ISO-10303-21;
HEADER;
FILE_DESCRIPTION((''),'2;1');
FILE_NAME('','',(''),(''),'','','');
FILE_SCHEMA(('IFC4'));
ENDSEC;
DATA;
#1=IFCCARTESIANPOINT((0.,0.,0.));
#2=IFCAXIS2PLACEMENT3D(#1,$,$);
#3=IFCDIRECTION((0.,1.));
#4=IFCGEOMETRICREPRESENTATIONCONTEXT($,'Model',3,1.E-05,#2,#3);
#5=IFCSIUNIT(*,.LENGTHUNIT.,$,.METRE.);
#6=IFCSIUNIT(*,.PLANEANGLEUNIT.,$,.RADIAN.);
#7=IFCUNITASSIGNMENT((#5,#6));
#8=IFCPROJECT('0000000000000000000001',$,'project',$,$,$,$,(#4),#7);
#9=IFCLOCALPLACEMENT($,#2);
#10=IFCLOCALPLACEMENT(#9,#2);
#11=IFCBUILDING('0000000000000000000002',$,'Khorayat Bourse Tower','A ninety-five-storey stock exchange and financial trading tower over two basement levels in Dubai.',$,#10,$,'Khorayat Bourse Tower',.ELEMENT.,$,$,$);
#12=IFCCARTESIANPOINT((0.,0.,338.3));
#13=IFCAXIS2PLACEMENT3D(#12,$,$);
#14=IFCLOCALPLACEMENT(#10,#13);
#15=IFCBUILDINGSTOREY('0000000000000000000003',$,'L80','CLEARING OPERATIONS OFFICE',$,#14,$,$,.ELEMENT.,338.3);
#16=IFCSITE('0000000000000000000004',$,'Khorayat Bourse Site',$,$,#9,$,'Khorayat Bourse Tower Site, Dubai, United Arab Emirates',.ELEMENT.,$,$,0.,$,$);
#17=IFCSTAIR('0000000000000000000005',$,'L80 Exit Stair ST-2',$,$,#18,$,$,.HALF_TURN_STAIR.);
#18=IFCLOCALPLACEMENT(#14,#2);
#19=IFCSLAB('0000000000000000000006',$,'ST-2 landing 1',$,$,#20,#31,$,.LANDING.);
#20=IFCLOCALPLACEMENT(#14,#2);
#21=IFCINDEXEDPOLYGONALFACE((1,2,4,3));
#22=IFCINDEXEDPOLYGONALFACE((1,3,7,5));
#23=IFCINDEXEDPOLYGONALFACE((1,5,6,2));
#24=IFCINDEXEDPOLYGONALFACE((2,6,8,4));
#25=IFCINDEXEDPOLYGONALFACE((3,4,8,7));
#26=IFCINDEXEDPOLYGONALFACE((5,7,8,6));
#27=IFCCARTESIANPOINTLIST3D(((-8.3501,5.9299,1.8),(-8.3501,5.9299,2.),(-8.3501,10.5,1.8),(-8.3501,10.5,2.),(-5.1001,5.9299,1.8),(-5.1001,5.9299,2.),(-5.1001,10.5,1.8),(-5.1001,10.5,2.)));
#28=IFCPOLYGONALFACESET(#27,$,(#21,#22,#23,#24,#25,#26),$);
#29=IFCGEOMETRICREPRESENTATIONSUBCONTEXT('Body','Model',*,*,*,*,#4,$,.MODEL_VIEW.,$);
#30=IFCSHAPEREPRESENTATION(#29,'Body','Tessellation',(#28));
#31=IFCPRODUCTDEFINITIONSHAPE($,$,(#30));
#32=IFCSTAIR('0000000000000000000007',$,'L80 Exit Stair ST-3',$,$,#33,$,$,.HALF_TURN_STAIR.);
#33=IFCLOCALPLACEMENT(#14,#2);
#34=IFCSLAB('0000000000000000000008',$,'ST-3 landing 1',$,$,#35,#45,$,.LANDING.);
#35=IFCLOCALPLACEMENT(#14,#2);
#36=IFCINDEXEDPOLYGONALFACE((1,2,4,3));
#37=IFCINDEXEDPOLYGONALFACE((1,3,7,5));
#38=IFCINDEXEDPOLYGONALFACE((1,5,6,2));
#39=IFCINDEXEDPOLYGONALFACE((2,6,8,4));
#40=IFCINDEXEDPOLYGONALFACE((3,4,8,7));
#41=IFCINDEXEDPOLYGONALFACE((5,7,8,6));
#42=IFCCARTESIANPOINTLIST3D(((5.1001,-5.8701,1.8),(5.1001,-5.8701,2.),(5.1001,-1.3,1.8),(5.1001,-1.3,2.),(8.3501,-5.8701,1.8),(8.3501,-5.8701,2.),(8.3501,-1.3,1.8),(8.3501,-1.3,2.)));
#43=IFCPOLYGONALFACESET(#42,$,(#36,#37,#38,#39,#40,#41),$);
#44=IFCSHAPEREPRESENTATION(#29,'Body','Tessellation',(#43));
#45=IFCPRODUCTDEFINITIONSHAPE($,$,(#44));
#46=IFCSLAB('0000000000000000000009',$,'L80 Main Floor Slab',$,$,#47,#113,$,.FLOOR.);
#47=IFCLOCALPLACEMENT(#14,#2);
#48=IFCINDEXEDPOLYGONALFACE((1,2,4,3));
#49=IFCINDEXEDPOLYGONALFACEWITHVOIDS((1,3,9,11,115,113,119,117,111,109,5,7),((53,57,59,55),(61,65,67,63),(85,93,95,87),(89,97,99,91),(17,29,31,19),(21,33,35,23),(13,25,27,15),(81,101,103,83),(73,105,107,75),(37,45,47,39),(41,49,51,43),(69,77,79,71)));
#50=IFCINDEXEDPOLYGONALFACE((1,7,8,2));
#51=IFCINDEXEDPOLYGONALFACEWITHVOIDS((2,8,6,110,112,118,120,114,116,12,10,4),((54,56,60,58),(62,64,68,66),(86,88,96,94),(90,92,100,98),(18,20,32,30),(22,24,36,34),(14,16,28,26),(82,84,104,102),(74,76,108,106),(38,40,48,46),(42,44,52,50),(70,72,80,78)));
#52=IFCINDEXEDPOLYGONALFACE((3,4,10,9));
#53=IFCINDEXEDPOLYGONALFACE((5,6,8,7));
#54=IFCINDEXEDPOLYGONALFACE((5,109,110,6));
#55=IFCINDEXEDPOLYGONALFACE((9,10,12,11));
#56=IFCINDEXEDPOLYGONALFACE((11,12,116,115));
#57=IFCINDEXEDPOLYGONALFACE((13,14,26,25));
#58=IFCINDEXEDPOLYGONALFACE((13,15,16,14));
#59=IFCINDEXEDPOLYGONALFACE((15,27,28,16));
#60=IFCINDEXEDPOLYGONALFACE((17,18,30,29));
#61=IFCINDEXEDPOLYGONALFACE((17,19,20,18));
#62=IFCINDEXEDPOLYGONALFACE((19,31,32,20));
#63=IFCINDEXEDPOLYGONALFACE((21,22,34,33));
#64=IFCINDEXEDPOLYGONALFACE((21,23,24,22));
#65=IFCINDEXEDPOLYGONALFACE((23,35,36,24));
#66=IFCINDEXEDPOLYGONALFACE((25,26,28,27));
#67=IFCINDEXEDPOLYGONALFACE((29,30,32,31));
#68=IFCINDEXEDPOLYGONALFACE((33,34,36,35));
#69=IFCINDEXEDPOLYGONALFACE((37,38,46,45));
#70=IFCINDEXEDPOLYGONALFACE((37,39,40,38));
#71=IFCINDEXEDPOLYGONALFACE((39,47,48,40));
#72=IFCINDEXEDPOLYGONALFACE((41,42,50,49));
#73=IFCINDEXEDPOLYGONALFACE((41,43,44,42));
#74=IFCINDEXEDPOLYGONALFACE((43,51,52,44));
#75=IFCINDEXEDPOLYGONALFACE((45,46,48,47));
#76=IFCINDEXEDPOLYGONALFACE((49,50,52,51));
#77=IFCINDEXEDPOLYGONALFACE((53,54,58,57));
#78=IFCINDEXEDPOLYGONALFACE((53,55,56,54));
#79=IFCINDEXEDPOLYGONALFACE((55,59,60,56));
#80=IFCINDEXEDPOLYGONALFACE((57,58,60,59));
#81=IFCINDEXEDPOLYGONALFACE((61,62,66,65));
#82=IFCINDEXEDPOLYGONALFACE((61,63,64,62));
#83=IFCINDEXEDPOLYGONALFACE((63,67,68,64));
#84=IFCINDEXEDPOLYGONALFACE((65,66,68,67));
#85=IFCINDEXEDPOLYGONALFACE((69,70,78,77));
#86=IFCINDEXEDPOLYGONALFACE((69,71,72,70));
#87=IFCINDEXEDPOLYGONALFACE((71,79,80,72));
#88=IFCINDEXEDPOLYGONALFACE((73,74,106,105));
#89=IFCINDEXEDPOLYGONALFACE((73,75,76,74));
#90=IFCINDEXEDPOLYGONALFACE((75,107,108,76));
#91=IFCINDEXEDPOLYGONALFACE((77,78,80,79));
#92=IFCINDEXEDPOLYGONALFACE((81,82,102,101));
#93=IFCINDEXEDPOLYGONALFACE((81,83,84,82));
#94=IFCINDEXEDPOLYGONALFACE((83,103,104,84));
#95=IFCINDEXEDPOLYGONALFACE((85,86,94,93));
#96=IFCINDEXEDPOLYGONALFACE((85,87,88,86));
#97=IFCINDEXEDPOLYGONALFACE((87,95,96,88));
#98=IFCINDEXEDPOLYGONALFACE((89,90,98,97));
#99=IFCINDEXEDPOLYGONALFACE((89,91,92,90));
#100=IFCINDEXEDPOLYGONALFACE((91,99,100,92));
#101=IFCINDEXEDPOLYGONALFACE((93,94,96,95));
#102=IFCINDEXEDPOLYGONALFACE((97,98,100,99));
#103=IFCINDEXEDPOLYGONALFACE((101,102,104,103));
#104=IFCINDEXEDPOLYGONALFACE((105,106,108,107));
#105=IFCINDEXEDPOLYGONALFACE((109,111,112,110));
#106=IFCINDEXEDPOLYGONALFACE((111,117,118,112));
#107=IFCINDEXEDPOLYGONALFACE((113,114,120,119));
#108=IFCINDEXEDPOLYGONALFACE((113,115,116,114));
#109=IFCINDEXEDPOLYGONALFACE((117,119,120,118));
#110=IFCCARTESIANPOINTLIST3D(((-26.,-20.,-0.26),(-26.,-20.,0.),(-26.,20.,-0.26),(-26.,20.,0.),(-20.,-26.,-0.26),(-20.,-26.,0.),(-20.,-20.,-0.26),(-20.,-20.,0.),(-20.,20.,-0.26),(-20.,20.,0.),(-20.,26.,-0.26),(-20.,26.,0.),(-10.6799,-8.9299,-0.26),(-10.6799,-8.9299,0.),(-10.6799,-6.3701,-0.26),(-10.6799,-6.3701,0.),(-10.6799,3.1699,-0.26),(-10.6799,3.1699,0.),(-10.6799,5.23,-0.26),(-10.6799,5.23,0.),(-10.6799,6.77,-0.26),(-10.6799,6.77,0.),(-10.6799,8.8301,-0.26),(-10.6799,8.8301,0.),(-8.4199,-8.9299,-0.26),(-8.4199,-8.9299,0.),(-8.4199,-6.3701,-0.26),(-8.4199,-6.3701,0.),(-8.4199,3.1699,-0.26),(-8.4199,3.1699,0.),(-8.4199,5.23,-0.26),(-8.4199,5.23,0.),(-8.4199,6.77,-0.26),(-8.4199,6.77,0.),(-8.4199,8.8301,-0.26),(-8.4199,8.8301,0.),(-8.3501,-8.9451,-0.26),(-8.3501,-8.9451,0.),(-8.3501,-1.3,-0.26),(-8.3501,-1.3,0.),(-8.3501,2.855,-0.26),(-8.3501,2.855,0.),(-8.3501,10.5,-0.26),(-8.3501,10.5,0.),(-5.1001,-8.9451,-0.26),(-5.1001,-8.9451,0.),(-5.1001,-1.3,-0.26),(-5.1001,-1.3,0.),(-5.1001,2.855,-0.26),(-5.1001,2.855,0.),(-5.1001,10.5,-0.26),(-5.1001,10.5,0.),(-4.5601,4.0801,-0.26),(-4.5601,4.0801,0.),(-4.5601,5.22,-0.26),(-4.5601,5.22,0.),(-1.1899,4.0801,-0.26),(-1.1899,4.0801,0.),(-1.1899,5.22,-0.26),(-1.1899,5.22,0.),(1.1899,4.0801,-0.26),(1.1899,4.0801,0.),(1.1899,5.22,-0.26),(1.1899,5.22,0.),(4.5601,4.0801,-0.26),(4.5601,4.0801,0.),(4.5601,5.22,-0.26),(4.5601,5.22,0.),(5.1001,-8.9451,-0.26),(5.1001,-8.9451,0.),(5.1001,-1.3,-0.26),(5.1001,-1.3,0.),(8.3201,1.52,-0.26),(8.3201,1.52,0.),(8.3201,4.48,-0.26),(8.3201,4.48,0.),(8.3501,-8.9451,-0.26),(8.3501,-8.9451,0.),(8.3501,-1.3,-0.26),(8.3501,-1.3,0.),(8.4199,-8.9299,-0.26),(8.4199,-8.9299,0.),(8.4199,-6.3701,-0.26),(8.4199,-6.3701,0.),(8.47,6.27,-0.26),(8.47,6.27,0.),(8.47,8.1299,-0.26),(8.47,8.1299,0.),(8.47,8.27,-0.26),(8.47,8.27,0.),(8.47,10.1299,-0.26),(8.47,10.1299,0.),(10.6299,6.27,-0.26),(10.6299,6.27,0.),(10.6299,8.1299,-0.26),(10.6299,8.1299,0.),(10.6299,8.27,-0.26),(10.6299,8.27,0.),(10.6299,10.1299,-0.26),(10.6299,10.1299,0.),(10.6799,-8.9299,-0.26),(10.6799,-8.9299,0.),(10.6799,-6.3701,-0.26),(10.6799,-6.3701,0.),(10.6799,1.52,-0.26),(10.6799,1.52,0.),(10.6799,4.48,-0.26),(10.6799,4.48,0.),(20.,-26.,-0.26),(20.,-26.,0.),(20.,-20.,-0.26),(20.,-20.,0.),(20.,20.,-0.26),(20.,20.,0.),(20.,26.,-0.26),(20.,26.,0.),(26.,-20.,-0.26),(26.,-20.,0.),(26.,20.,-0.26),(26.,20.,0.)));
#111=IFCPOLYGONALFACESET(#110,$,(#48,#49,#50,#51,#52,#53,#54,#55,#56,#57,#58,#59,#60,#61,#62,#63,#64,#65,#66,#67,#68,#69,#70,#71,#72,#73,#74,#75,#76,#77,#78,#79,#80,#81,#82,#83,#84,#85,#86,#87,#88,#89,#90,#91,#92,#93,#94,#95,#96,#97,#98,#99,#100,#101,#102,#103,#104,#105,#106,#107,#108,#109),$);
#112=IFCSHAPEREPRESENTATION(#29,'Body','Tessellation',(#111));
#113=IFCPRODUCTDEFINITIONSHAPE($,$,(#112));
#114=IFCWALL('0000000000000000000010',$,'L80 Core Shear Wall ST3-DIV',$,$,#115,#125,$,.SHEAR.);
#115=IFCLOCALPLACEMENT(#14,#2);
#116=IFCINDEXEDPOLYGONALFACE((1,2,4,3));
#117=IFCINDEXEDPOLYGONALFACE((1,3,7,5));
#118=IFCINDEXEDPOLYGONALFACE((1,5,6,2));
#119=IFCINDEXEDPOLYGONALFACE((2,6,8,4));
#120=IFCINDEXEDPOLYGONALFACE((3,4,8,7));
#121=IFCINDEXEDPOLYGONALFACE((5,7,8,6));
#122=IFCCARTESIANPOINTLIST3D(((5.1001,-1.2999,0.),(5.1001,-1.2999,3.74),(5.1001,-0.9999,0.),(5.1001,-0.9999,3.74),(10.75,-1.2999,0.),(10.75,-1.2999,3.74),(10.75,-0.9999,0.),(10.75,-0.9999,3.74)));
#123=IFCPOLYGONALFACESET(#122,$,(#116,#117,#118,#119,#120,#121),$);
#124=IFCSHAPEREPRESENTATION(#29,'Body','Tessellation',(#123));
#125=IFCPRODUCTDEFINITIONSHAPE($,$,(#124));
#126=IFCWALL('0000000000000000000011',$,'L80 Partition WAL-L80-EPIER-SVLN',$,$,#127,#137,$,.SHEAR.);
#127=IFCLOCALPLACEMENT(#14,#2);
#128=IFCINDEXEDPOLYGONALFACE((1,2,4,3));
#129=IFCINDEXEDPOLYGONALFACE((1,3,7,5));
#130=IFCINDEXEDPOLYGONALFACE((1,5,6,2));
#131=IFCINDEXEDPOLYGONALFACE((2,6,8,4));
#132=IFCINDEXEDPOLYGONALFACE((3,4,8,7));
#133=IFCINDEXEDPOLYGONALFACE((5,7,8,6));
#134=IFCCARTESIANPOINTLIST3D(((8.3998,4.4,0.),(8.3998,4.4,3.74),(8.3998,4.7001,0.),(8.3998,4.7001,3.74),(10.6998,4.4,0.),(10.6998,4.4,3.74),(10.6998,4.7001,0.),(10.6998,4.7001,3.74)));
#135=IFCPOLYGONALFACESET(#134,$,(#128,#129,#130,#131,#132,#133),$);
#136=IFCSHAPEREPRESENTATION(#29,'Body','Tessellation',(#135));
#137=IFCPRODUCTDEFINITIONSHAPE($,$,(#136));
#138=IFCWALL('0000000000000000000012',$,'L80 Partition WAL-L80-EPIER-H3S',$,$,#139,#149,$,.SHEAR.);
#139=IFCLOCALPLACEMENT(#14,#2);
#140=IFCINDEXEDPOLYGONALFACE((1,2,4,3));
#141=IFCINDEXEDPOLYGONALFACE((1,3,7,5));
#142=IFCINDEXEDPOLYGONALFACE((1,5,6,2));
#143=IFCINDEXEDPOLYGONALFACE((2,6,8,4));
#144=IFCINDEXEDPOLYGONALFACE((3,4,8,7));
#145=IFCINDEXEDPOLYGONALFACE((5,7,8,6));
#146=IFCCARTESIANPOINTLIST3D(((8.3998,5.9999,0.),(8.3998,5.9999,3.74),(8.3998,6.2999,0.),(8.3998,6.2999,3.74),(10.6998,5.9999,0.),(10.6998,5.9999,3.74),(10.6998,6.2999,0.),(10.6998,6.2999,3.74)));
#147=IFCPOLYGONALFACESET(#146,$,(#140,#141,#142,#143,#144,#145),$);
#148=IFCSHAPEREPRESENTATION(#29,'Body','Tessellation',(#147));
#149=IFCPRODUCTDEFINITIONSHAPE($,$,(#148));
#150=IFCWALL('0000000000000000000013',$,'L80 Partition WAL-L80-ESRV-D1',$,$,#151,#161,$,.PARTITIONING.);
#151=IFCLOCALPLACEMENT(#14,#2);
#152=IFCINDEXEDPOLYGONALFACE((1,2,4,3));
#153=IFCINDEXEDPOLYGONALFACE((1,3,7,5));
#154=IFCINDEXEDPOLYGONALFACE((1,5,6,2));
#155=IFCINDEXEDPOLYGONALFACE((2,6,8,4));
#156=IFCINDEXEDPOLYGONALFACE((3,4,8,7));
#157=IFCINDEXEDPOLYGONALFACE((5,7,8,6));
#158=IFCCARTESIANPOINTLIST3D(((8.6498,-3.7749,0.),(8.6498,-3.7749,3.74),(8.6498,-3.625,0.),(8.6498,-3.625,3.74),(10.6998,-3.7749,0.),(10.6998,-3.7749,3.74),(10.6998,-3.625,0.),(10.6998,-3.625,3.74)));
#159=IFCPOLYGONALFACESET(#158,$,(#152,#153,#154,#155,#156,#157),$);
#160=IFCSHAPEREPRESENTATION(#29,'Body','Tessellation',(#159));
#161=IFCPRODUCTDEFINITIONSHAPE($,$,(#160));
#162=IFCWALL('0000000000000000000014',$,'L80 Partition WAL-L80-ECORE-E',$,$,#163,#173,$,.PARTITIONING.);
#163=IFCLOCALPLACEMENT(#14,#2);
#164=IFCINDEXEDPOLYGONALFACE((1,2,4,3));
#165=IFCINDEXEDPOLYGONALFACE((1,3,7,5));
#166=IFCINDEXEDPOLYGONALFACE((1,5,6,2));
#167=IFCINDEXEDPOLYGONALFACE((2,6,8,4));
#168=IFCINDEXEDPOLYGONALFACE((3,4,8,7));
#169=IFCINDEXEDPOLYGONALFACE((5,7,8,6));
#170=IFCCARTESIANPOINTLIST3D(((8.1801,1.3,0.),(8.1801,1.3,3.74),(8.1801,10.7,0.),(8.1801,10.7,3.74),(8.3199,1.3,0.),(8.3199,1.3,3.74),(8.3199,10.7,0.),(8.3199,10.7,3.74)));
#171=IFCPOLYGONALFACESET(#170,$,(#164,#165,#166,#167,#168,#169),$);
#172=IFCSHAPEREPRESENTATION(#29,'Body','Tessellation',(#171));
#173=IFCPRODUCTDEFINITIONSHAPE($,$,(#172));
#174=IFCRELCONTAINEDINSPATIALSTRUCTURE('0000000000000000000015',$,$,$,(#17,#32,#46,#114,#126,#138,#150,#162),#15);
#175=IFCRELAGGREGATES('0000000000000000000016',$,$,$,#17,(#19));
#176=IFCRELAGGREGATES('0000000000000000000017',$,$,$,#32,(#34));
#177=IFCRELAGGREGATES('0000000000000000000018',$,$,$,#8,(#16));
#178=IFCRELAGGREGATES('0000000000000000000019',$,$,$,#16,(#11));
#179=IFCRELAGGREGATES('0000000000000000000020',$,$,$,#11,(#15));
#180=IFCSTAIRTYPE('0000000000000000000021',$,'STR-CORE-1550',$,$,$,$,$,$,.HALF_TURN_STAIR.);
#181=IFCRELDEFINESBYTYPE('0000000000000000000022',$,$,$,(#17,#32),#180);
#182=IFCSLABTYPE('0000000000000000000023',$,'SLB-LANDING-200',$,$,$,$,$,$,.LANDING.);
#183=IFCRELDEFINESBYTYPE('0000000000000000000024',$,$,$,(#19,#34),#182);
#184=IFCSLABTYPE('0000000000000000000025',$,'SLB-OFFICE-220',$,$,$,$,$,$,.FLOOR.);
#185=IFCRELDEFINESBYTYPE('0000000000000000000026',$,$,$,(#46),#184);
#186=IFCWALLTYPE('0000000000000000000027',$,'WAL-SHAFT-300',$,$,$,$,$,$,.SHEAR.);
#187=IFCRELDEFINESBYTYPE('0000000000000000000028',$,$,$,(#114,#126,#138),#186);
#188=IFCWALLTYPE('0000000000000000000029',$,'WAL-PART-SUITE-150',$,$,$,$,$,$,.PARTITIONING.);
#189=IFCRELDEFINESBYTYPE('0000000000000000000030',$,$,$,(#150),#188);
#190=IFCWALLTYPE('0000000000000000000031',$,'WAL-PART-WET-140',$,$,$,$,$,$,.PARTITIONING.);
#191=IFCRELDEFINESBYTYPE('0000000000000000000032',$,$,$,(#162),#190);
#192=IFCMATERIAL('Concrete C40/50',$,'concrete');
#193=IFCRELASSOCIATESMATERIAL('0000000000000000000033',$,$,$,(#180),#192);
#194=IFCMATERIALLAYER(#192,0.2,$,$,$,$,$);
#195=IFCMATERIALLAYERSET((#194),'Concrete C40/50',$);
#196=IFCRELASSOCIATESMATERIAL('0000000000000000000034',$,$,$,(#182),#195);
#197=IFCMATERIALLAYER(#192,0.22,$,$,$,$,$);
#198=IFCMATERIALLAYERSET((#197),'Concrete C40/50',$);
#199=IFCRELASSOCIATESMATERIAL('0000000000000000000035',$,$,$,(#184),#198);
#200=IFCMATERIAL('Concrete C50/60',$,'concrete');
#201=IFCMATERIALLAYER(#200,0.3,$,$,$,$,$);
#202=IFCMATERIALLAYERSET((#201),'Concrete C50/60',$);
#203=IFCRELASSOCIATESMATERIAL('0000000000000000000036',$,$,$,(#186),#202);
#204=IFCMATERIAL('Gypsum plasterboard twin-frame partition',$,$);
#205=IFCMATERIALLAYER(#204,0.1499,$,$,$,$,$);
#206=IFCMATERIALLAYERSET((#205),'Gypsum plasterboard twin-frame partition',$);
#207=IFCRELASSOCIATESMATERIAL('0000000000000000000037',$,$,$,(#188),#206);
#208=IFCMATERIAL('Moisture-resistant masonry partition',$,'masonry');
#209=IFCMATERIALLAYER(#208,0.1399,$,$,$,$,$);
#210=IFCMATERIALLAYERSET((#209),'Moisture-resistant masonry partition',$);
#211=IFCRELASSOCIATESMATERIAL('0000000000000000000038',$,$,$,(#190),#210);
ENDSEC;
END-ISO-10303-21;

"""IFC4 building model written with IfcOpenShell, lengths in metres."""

from ifc_helpers import new_model, si_unit, direction, frame, frame_2d, origin, place, context, subcontext, project, spatial, polyline, rectangle, outline, extrude, source, transform, mapped, material, layer, layer_set, type_object, element, aggregate, save


model = new_model("IFC4")

# Units and contexts
model_context = context("Model", 3, precision=1e-05, world=origin(), true_north=direction((0.0, 1.0)))
body_context = subcontext(model_context, "Body", "Model", "MODEL_VIEW")
ifc_project = project(units=[si_unit("LENGTHUNIT", "METRE"), si_unit("PLANEANGLEUNIT", "RADIAN")], contexts=[model_context])

# Site, building, storey
site_placement = place(None, origin())
site = spatial("IfcSite", under=ifc_project, at=site_placement, Name="Khorayat Bourse Site", LongName="Khorayat Bourse Tower Site, Dubai, United Arab Emirates", CompositionType="ELEMENT", RefElevation=0.0)
building_placement = place(site_placement, origin())
building = spatial("IfcBuilding", under=site, at=building_placement, Name="Khorayat Bourse Tower", Description="A ninety-five-storey stock exchange and financial trading tower over two basement levels in Dubai.", LongName="Khorayat Bourse Tower", CompositionType="ELEMENT")
storey_placement = place(building_placement, frame((0.0, 0.0, 338.3)))
storey = spatial("IfcBuildingStorey", under=building, at=storey_placement, Name="L80", Description="CLEARING OPERATIONS OFFICE", CompositionType="ELEMENT", Elevation=338.3)

# Stairs, slabs
ifc_material_1 = material(Name="Concrete C40/50", Category="concrete")
stair_type = type_object("IfcStairType", Name="STR-CORE-1550", PredefinedType="HALF_TURN_STAIR", material=ifc_material_1)
ifc_layer_1 = layer(ifc_material_1, 0.2)
ifc_layer_set_1 = layer_set([ifc_layer_1], Name="Concrete C40/50")
slab_type_1 = type_object("IfcSlabType", Name="SLB-LANDING-200", PredefinedType="LANDING", material=ifc_layer_set_1)
stair_1_placement = place(storey_placement, origin())
stair_1 = element("IfcStair", 1, at=stair_1_placement, inside=storey, type_object=stair_type, Name="L80 Exit Stair ST-2", PredefinedType="HALF_TURN_STAIR")
slab_1_placement = place(storey_placement, frame((0.0, 0.0, 1.8)))
slab_1 = element("IfcSlab", 2, at=slab_1_placement, type_object=slab_type_1, Name="ST-2 landing 1", PredefinedType="LANDING", context=body_context, shape_type="SweptSolid", body=[
    extrude(outline(polyline([(-5.1001, 5.9299), (-5.1001, 10.5), (-8.3501, 10.5), (-8.3501, 5.9299), (-5.1001, 5.9299)])), origin(), (0.0, 0.0, 1.0), 0.2),
])
aggregate(stair_1, [slab_1])
stair_2_placement = place(storey_placement, origin())
stair_2 = element("IfcStair", 3, at=stair_2_placement, inside=storey, type_object=stair_type, Name="L80 Exit Stair ST-3", PredefinedType="HALF_TURN_STAIR")
slab_2_placement = place(storey_placement, frame((0.0, 0.0, 1.8)))
slab_2 = element("IfcSlab", 4, at=slab_2_placement, type_object=slab_type_1, Name="ST-3 landing 1", PredefinedType="LANDING", context=body_context, shape_type="SweptSolid", body=[
    extrude(outline(polyline([(8.3501, -5.8701), (8.3501, -1.3), (5.1001, -1.3), (5.1001, -5.8701), (8.3501, -5.8701)])), origin(), (0.0, 0.0, 1.0), 0.2),
])
aggregate(stair_2, [slab_2])

# Slab
ifc_layer_2 = layer(ifc_material_1, 0.22)
ifc_layer_set_2 = layer_set([ifc_layer_2], Name="Concrete C40/50")
slab_type_2 = type_object("IfcSlabType", Name="SLB-OFFICE-220", PredefinedType="FLOOR", material=ifc_layer_set_2)
slab_3_placement = place(storey_placement, frame((0.0, 0.0, -0.26)))
element("IfcSlab", 5, at=slab_3_placement, inside=storey, type_object=slab_type_2, Name="L80 Main Floor Slab", PredefinedType="FLOOR", context=body_context, shape_type="SweptSolid", body=[
    extrude(outline(polyline([(-20.0, -26.0), (20.0, -26.0), (20.0, -20.0), (26.0, -20.0), (26.0, 20.0), (20.0, 20.0), (20.0, 26.0), (-20.0, 26.0), (-20.0, 20.0), (-26.0, 20.0), (-26.0, -20.0), (-20.0, -20.0), (-20.0, -26.0)]), holes=[polyline([(-8.3501, -8.9451), (-5.1001, -8.9451), (-5.1001, -1.3), (-8.3501, -1.3), (-8.3501, -8.9451)]), polyline([(-8.3501, 2.855), (-5.1001, 2.855), (-5.1001, 10.5), (-8.3501, 10.5), (-8.3501, 2.855)]), polyline([(5.1001, -8.9451), (8.3501, -8.9451), (8.3501, -1.3), (5.1001, -1.3), (5.1001, -8.9451)]), polyline([(-10.6799, 3.1699), (-8.4199, 3.1699), (-8.4199, 5.23), (-10.6799, 5.23), (-10.6799, 3.1699)]), polyline([(-10.6799, 6.77), (-8.4199, 6.77), (-8.4199, 8.8301), (-10.6799, 8.8301), (-10.6799, 6.77)]), polyline([(8.47, 6.27), (10.6299, 6.27), (10.6299, 8.1299), (8.47, 8.1299), (8.47, 6.27)]), polyline([(8.47, 8.27), (10.6299, 8.27), (10.6299, 10.1299), (8.47, 10.1299), (8.47, 8.27)]), polyline([(-10.6799, -8.9299), (-8.4199, -8.9299), (-8.4199, -6.3701), (-10.6799, -6.3701), (-10.6799, -8.9299)]), polyline([(8.4199, -8.9299), (10.6799, -8.9299), (10.6799, -6.3701), (8.4199, -6.3701), (8.4199, -8.9299)]), polyline([(8.3201, 1.52), (10.6799, 1.52), (10.6799, 4.48), (8.3201, 4.48), (8.3201, 1.52)]), polyline([(-4.5601, 4.0801), (-1.1899, 4.0801), (-1.1899, 5.22), (-4.5601, 5.22), (-4.5601, 4.0801)]), polyline([(1.1899, 4.0801), (4.5601, 4.0801), (4.5601, 5.22), (1.1899, 5.22), (1.1899, 4.0801)])]), origin(), (0.0, 0.0, 1.0), 0.26),
])

# Walls
ifc_material_2 = material(Name="Concrete C50/60", Category="concrete")
ifc_layer_3 = layer(ifc_material_2, 0.3)
ifc_layer_set_3 = layer_set([ifc_layer_3], Name="Concrete C50/60")
wall_type_1 = type_object("IfcWallType", Name="WAL-SHAFT-300", PredefinedType="SHEAR", material=ifc_layer_set_3)
shared_shape_1 = source(origin(), body_context, "Body", "SweptSolid", [
    extrude(rectangle(XDim=5.6499, YDim=0.3, at=frame_2d((2.825, 0.0))), origin(), (0.0, 0.0, 1.0), 3.74),
])
wall_1_placement = place(storey_placement, frame((5.1001, -1.1499, 0.0), z_axis=(0.0, 0.0, 1.0), x_axis=(1.0, 0.0, 0.0)))
element("IfcWall", 6, at=wall_1_placement, inside=storey, type_object=wall_type_1, Name="L80 Core Shear Wall ST3-DIV", PredefinedType="SHEAR", context=body_context, shape_type="MappedRepresentation", body=[
    mapped(shared_shape_1, transform((0.0, 0.0, 0.0), scale=1.0)),
])
shared_shape_2 = source(origin(), body_context, "Body", "SweptSolid", [
    extrude(rectangle(XDim=2.3, YDim=0.3, at=frame_2d((1.1499, 0.0))), origin(), (0.0, 0.0, 1.0), 3.74),
])
for number, where, z_axis, x_axis, name in (
    (7, (8.3999, 4.55, 0.0), (0.0, 0.0, 1.0), (1.0, 0.0, 0.0), "L80 Partition WAL-L80-EPIER-SVLN"),
    (8, (8.3999, 6.1499, 0.0), (0.0, 0.0, 1.0), (1.0, 0.0, 0.0), "L80 Partition WAL-L80-EPIER-H3S"),
):
    element("IfcWall", number, at=place(storey_placement, frame(where, z_axis=z_axis, x_axis=x_axis)), inside=storey, type_object=wall_type_1, Name=name, PredefinedType="SHEAR", context=body_context, shape_type="MappedRepresentation", body=[
        mapped(shared_shape_2, transform((0.0, 0.0, 0.0), scale=1.0)),
    ])
ifc_material_3 = material(Name="Gypsum plasterboard twin-frame partition")
ifc_layer_4 = layer(ifc_material_3, 0.1499)
ifc_layer_set_4 = layer_set([ifc_layer_4], Name="Gypsum plasterboard twin-frame partition")
wall_type_2 = type_object("IfcWallType", Name="WAL-PART-SUITE-150", PredefinedType="PARTITIONING", material=ifc_layer_set_4)
shared_shape_3 = source(origin(), body_context, "Body", "SweptSolid", [
    extrude(rectangle(XDim=2.05, YDim=0.1499, at=frame_2d((1.0249, 0.0))), origin(), (0.0, 0.0, 1.0), 3.74),
])
wall_2_placement = place(storey_placement, frame((8.6499, -3.7, 0.0), z_axis=(0.0, 0.0, 1.0), x_axis=(1.0, 0.0, 0.0)))
element("IfcWall", 9, at=wall_2_placement, inside=storey, type_object=wall_type_2, Name="L80 Partition WAL-L80-ESRV-D1", PredefinedType="PARTITIONING", context=body_context, shape_type="MappedRepresentation", body=[
    mapped(shared_shape_3, transform((0.0, 0.0, 0.0), scale=1.0)),
])
ifc_material_4 = material(Name="Moisture-resistant masonry partition", Category="masonry")
ifc_layer_5 = layer(ifc_material_4, 0.1399)
ifc_layer_set_5 = layer_set([ifc_layer_5], Name="Moisture-resistant masonry partition")
wall_type_3 = type_object("IfcWallType", Name="WAL-PART-WET-140", PredefinedType="PARTITIONING", material=ifc_layer_set_5)
shared_shape_4 = source(origin(), body_context, "Body", "SweptSolid", [
    extrude(rectangle(XDim=9.3999, YDim=0.1399, at=frame_2d((4.7, 0.0))), origin(), (0.0, 0.0, 1.0), 3.74),
])
wall_3_placement = place(storey_placement, frame((8.25, 1.3, 0.0), z_axis=(0.0, 0.0, 1.0), x_axis=(0.0, 1.0, 0.0)))
element("IfcWall", 10, at=wall_3_placement, inside=storey, type_object=wall_type_3, Name="L80 Partition WAL-L80-ECORE-E", PredefinedType="PARTITIONING", context=body_context, shape_type="MappedRepresentation", body=[
    mapped(shared_shape_4, transform((0.0, 0.0, 0.0), scale=1.0)),
])

save(model, "model.ifc")
